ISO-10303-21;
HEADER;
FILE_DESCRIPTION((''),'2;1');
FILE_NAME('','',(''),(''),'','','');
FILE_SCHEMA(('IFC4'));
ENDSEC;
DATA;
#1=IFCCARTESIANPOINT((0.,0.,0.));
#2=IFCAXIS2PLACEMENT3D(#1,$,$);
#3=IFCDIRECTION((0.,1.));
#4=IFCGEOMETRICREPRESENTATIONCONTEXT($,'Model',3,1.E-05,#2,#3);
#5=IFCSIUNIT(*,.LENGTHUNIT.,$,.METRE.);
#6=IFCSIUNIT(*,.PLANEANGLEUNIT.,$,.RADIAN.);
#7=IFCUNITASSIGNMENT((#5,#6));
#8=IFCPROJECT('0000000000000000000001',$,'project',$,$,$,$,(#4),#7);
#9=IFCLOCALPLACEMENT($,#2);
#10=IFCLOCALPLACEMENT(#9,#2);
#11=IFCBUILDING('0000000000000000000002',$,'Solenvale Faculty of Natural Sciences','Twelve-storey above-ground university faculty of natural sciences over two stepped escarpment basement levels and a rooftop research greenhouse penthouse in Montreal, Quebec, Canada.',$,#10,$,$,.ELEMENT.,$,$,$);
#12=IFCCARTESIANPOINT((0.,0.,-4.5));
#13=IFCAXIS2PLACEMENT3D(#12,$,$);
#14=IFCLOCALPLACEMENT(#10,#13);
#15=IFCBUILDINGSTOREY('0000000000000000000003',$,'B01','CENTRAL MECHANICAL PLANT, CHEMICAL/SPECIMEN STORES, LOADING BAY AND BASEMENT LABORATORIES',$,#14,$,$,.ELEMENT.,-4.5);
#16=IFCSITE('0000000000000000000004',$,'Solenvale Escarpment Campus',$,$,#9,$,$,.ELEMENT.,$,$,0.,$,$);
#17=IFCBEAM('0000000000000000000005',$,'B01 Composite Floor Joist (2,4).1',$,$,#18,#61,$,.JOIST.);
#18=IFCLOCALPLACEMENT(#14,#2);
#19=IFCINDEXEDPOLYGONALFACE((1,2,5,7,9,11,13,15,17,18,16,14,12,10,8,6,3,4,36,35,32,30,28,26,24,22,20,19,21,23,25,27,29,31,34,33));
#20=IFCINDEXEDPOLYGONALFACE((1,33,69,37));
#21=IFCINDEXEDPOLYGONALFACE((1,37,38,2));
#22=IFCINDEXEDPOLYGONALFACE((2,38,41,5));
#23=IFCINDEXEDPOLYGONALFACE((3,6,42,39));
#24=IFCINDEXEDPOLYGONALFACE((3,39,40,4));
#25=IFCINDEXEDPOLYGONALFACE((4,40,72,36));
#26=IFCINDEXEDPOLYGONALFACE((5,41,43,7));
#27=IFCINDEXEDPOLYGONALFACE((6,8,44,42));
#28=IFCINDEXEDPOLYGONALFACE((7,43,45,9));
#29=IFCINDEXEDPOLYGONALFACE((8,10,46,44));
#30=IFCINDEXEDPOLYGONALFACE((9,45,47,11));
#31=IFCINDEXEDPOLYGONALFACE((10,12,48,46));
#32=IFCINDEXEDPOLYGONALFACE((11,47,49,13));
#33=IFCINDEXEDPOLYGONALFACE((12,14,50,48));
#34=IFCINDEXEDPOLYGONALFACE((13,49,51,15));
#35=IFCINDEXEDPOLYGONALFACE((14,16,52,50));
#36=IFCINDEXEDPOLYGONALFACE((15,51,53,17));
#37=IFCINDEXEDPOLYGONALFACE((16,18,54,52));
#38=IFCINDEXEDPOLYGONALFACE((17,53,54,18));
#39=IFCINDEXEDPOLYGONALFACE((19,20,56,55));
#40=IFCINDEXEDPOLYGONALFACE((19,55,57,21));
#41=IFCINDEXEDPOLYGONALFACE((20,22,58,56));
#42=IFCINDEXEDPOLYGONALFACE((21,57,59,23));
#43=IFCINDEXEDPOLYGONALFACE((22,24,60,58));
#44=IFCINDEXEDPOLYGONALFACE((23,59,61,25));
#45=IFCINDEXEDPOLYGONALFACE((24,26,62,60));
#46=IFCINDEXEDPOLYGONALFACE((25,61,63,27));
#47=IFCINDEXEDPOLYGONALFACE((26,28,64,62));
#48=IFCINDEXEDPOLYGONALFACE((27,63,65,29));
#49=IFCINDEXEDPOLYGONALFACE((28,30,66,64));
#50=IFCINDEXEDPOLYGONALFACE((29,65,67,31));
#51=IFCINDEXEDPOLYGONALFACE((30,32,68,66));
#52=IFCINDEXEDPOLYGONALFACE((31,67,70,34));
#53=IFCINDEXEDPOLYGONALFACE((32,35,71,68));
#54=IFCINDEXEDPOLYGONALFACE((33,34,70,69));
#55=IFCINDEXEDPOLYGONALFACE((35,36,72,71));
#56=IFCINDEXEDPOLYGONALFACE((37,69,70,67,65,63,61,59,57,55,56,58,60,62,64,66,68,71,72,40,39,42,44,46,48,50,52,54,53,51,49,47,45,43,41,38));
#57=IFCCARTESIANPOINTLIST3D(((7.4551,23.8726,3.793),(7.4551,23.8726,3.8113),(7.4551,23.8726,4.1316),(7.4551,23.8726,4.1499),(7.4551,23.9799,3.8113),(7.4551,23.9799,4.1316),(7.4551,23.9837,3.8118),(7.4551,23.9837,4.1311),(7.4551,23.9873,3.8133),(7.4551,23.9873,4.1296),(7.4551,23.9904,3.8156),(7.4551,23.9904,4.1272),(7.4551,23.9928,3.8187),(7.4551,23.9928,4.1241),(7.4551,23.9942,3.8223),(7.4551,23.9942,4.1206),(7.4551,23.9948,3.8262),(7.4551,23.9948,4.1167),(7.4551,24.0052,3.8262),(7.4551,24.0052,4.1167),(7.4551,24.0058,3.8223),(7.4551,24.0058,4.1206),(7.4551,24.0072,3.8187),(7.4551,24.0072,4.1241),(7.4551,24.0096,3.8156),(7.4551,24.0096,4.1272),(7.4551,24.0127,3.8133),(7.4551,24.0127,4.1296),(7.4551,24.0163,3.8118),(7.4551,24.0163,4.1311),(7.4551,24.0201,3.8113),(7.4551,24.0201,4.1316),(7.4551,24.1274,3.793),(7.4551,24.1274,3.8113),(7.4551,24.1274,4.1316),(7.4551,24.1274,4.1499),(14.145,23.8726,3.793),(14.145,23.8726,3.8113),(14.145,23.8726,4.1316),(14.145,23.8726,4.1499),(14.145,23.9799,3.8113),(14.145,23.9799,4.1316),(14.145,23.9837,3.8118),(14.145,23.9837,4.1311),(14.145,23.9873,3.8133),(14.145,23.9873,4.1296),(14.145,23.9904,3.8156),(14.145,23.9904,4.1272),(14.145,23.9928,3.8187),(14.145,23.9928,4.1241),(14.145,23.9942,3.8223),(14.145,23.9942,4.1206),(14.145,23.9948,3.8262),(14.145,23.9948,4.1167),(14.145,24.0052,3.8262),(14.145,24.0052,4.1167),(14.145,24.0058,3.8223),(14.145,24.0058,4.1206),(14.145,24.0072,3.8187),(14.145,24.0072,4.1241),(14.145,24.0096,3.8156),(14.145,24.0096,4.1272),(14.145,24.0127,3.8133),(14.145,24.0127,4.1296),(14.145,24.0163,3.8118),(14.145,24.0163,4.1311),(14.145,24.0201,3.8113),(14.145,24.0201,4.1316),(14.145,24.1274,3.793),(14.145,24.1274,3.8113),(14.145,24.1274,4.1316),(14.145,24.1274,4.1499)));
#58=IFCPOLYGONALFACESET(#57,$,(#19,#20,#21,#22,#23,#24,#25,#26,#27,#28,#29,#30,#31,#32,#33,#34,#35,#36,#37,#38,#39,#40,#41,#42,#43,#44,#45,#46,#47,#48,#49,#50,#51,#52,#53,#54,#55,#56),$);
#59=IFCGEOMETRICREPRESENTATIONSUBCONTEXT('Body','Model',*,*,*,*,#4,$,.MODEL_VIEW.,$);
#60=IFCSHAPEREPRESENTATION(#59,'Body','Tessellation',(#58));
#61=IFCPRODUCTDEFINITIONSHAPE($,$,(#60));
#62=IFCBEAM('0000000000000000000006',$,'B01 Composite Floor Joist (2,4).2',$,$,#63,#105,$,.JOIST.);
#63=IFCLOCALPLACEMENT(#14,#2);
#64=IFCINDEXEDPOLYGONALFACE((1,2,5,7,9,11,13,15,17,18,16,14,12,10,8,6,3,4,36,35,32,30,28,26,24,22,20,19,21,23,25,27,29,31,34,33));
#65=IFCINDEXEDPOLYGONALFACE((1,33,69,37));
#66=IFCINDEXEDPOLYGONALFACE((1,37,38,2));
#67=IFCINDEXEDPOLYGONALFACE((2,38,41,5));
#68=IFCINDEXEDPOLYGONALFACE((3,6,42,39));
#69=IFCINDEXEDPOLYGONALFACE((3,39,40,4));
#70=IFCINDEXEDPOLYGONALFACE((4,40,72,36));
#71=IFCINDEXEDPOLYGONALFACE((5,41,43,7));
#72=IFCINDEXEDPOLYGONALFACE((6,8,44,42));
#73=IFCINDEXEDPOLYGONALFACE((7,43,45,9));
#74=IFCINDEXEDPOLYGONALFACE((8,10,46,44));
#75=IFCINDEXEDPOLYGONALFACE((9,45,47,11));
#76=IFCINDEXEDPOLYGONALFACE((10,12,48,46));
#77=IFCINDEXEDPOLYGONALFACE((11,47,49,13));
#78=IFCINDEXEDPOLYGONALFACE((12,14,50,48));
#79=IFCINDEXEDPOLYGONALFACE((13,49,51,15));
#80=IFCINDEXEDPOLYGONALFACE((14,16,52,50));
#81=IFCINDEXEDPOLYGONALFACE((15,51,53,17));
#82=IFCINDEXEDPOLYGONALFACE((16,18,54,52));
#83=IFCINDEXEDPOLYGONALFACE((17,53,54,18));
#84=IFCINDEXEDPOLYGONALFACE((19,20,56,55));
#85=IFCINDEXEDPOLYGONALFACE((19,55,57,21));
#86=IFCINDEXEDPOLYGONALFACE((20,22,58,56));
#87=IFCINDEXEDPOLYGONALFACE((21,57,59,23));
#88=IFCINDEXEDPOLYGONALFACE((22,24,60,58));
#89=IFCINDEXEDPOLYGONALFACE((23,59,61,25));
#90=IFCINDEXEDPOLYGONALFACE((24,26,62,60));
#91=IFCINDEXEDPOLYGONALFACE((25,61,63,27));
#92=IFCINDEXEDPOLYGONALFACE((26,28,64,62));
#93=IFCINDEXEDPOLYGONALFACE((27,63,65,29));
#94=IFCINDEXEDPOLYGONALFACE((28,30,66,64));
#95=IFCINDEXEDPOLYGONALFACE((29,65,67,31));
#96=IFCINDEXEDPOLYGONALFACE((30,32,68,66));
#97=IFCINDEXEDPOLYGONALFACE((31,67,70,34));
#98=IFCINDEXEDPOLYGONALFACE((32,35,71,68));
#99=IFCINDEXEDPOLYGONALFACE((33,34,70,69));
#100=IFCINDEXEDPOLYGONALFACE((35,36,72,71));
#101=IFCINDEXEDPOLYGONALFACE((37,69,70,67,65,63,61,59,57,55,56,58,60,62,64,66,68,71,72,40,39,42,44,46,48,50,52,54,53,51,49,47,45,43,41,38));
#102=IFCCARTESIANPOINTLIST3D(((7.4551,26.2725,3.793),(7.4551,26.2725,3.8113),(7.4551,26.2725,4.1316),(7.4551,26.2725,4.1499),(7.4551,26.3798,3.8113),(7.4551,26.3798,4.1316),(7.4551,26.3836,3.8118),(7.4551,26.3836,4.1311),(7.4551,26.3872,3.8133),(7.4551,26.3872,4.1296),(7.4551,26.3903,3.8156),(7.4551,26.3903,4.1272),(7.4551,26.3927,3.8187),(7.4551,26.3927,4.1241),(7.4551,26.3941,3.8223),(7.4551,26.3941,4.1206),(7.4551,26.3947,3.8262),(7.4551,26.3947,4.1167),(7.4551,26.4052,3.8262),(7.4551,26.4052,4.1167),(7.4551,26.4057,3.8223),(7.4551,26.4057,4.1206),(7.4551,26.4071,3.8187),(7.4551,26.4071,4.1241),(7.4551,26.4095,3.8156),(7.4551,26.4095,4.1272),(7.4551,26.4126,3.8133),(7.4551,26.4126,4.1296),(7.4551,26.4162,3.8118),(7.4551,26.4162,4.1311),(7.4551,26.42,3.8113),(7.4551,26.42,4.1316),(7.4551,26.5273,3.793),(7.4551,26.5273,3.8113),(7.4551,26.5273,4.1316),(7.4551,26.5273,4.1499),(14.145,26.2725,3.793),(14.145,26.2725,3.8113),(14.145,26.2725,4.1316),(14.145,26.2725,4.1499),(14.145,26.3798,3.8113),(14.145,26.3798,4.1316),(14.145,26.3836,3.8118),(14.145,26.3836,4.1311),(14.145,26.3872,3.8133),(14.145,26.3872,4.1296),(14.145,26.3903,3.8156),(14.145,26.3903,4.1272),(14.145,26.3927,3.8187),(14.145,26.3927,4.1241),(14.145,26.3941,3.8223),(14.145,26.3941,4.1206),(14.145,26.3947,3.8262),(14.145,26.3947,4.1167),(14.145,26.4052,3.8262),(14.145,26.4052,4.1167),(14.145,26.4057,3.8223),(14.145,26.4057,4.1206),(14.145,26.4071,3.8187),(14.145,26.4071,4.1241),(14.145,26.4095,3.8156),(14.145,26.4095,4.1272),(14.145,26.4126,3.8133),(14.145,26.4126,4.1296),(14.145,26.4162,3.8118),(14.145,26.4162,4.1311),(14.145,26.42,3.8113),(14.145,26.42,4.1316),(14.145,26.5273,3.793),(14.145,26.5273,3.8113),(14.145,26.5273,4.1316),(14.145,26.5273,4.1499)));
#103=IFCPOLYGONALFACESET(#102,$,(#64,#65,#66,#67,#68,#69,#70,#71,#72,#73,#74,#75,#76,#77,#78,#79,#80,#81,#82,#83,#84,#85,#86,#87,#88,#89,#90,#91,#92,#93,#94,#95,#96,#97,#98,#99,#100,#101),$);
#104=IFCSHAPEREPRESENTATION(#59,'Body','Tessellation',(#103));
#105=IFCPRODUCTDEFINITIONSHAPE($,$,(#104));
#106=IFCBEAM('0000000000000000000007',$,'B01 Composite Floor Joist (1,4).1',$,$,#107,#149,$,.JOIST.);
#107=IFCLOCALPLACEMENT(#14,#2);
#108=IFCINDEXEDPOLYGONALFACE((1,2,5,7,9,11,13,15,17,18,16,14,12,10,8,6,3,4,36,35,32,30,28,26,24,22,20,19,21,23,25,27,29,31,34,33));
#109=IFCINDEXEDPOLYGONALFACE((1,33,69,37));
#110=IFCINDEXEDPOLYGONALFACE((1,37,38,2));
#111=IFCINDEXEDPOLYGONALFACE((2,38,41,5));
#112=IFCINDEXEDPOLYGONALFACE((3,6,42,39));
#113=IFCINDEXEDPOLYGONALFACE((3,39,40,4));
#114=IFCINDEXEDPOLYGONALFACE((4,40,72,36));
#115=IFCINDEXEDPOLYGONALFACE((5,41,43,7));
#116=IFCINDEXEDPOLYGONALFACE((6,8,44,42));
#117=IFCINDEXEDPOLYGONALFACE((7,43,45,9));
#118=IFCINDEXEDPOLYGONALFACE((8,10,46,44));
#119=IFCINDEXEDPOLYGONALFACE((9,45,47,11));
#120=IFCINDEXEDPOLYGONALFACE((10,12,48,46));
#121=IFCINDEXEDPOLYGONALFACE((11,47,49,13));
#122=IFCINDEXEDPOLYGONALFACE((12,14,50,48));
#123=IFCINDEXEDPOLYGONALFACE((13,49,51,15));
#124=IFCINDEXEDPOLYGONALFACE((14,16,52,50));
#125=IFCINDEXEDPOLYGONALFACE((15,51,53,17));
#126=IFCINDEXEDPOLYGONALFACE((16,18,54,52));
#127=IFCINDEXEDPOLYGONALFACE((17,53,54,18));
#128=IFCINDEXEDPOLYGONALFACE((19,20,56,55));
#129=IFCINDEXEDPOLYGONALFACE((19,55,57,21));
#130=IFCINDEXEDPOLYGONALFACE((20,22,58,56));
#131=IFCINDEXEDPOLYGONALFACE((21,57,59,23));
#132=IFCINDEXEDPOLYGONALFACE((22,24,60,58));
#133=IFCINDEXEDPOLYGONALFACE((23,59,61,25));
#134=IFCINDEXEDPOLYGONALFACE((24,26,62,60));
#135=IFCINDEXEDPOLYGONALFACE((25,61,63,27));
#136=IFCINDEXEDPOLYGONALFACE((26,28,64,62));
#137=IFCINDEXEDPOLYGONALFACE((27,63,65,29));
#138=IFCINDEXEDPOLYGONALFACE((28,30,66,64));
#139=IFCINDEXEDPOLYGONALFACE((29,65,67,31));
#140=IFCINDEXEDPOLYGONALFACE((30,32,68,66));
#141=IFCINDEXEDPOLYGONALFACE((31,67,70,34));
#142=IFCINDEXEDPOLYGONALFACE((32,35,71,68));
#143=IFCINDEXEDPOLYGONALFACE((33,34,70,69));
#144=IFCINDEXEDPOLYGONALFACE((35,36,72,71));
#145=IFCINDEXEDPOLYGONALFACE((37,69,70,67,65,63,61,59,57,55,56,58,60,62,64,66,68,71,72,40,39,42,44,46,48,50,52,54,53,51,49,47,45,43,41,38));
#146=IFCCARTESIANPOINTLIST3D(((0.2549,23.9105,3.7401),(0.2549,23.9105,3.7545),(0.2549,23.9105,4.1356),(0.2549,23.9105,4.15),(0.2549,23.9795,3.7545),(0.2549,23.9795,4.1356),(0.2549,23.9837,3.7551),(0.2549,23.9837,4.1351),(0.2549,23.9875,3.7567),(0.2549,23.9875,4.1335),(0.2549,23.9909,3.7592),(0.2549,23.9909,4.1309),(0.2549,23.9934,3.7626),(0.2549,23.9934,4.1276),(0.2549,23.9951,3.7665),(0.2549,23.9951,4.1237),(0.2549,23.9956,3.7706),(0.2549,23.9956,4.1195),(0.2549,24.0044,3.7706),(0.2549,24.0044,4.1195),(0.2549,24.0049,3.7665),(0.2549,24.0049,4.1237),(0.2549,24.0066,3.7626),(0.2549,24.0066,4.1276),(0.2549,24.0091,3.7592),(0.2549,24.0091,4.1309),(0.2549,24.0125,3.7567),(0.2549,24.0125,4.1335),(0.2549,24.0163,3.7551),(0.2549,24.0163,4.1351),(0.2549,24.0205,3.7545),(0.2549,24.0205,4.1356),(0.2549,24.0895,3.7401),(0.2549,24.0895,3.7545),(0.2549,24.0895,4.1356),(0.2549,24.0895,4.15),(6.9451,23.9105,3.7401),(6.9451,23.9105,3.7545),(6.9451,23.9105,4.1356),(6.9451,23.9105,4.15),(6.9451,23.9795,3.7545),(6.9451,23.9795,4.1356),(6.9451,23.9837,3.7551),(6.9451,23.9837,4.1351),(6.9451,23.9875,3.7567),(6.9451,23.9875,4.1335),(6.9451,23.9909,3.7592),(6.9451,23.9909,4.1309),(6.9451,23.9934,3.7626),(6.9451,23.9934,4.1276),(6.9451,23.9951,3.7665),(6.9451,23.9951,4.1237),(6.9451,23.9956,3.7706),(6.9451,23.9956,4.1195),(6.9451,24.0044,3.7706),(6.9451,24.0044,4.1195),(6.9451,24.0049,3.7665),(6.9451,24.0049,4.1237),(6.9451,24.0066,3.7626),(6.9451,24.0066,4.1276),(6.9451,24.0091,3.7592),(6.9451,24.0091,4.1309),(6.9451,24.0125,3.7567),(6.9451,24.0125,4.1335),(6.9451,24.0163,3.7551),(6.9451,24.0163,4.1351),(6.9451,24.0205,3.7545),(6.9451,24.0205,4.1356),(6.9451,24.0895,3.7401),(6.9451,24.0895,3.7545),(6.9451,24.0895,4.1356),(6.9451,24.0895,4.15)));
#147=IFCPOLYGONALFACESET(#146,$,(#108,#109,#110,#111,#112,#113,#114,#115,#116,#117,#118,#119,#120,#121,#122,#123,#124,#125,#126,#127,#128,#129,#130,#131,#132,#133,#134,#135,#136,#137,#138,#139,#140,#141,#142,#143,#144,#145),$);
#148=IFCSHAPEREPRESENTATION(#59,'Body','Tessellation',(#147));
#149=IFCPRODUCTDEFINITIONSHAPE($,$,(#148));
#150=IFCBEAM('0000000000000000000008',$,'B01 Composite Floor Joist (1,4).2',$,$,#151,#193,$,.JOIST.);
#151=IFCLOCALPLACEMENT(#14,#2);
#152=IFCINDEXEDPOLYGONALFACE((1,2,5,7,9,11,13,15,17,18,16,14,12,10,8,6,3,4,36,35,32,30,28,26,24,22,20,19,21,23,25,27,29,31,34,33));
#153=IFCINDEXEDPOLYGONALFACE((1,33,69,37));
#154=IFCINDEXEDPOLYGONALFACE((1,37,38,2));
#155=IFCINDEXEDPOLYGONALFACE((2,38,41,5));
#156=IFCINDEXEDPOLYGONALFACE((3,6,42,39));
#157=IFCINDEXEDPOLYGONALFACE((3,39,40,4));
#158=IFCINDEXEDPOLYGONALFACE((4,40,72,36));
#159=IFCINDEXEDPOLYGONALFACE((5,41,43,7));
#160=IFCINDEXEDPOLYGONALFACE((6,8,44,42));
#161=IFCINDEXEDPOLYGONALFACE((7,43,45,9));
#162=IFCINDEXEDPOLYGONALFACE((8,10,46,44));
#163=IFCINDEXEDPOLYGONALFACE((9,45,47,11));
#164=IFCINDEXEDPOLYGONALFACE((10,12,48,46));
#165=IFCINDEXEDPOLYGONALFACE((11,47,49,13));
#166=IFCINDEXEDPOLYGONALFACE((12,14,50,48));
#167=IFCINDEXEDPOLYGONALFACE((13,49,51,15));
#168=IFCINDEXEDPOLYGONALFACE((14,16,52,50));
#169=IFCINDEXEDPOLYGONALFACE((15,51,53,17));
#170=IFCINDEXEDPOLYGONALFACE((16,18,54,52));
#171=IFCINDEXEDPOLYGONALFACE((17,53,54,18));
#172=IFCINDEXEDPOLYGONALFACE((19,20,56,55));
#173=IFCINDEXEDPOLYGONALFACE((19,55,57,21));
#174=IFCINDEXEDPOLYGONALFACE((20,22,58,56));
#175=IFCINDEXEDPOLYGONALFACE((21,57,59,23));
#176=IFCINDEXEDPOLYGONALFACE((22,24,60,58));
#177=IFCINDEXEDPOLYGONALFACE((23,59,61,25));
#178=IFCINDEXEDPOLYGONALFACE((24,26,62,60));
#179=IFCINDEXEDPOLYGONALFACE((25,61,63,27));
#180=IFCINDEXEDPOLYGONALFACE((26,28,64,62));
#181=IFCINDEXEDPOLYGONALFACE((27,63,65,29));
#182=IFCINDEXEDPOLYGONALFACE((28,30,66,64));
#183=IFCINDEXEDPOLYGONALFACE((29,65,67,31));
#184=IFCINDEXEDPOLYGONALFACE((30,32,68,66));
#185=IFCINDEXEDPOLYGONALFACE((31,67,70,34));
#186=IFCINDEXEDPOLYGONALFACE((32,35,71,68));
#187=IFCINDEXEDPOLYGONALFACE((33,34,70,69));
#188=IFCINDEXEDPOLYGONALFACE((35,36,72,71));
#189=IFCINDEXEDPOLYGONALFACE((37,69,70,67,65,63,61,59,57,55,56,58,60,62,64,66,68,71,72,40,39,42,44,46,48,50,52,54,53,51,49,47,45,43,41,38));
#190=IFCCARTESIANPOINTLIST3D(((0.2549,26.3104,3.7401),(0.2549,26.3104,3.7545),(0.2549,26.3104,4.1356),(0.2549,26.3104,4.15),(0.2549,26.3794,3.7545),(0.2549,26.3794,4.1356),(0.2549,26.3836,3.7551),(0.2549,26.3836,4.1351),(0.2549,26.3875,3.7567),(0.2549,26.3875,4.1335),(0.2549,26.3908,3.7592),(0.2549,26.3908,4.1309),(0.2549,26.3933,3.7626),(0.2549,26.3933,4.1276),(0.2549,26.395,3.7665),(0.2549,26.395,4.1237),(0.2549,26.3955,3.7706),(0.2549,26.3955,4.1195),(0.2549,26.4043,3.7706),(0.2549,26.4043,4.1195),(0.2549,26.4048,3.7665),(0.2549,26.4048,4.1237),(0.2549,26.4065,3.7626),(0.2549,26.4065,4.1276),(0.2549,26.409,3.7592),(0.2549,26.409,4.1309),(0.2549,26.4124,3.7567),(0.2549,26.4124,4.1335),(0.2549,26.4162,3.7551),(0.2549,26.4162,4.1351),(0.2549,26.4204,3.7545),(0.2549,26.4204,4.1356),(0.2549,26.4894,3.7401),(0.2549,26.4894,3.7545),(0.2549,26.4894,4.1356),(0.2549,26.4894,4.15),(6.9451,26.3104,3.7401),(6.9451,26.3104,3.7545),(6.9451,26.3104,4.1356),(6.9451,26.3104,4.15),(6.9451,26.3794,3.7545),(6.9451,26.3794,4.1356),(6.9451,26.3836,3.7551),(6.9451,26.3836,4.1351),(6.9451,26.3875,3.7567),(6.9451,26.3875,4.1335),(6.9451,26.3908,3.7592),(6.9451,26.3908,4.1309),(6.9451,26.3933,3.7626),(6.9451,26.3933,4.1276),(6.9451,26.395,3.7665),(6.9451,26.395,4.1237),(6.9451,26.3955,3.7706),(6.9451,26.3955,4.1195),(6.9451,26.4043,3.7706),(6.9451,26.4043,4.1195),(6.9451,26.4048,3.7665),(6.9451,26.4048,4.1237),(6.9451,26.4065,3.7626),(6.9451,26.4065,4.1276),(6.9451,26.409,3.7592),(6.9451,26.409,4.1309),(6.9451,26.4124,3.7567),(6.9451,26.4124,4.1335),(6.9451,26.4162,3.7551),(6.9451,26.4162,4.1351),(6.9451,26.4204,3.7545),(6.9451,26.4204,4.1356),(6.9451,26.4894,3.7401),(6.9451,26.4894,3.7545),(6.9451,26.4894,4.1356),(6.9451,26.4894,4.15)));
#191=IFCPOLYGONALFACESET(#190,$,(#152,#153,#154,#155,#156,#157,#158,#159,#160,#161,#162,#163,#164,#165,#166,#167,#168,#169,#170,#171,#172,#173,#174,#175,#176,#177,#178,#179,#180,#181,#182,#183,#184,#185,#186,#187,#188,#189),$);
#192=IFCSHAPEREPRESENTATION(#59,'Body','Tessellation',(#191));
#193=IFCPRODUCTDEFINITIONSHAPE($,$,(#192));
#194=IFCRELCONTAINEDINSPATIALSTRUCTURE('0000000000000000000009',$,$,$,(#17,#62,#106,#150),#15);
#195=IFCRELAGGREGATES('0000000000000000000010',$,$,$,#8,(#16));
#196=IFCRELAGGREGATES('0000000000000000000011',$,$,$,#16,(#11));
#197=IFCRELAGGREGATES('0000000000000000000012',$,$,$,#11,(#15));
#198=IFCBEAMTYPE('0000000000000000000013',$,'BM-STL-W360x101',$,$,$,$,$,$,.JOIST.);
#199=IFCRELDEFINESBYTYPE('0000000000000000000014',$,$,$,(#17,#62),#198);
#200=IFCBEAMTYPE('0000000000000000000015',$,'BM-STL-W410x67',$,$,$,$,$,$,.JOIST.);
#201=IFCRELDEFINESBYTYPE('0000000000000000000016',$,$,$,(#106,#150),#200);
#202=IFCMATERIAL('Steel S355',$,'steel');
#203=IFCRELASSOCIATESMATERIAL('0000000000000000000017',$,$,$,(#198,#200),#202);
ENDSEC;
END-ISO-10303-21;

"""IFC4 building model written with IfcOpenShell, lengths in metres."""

from ifc_helpers import new_model, si_unit, direction, frame, origin, origin_2d, place, context, subcontext, project, spatial, i_section, extrude, material, material_profile, profile_set, type_object, element, save


model = new_model("IFC4")

# Units and contexts
model_context = context("Model", 3, precision=1e-05, world=origin(), true_north=direction((0.0, 1.0)))
body_context = subcontext(model_context, "Body", "Model", "MODEL_VIEW")
ifc_project = project(units=[si_unit("LENGTHUNIT", "METRE"), si_unit("PLANEANGLEUNIT", "RADIAN")], contexts=[model_context])

# Site, building, storey
site_placement = place(None, origin())
site = spatial("IfcSite", under=ifc_project, at=site_placement, Name="Solenvale Escarpment Campus", CompositionType="ELEMENT", RefElevation=0.0)
building_placement = place(site_placement, origin())
building = spatial("IfcBuilding", under=site, at=building_placement, Name="Solenvale Faculty of Natural Sciences", Description="Twelve-storey above-ground university faculty of natural sciences over two stepped escarpment basement levels and a rooftop research greenhouse penthouse in Montreal, Quebec, Canada.", CompositionType="ELEMENT")
storey_placement = place(building_placement, frame((0.0, 0.0, -4.5)))
storey = spatial("IfcBuildingStorey", under=building, at=storey_placement, Name="B01", Description="CENTRAL MECHANICAL PLANT, CHEMICAL/SPECIMEN STORES, LOADING BAY AND BASEMENT LABORATORIES", CompositionType="ELEMENT", Elevation=-4.5)

# Beams
ifc_material_1 = material(Name="Steel S355", Category="steel")
ifc_material_profile_1 = material_profile(ifc_material_1, i_section(OverallWidth=0.2549, OverallDepth=0.3569, WebThickness=0.0105, FlangeThickness=0.0183, FilletRadius=0.0149, at=origin_2d()), Name="W360x101")
ifc_profile_set_1 = profile_set([ifc_material_profile_1], Name="Steel S355")
beam_type_1 = type_object("IfcBeamType", Name="BM-STL-W360x101", PredefinedType="JOIST", material=ifc_profile_set_1)
for number, where, z_axis, x_axis, name in (
    (1, (7.4551, 24.0, 3.9714), (1.0, 0.0, 0.0), (0.0, 1.0, 0.0), "B01 Composite Floor Joist (2,4).1"),
    (2, (7.4551, 26.3999, 3.9714), (1.0, 0.0, 0.0), (0.0, 1.0, 0.0), "B01 Composite Floor Joist (2,4).2"),
):
    element("IfcBeam", number, at=place(storey_placement, frame(where, z_axis=z_axis, x_axis=x_axis)), inside=storey, type_object=beam_type_1, Name=name, PredefinedType="JOIST", context=body_context, shape_type="SweptSolid", body=[
        extrude(i_section(OverallWidth=0.2549, OverallDepth=0.3569, WebThickness=0.0105, FlangeThickness=0.0183, FilletRadius=0.0149, at=origin_2d()), origin(), (0.0, 0.0, 1.0), 6.6899),
    ])
ifc_material_profile_2 = material_profile(ifc_material_1, i_section(OverallWidth=0.179, OverallDepth=0.4099, WebThickness=0.0088, FlangeThickness=0.0144, FilletRadius=0.0161, at=origin_2d()), Name="W410x67")
ifc_profile_set_2 = profile_set([ifc_material_profile_2], Name="Steel S355")
beam_type_2 = type_object("IfcBeamType", Name="BM-STL-W410x67", PredefinedType="JOIST", material=ifc_profile_set_2)
for number, where, z_axis, x_axis, name in (
    (3, (0.2549, 24.0, 3.9451), (1.0, 0.0, 0.0), (0.0, 1.0, 0.0), "B01 Composite Floor Joist (1,4).1"),
    (4, (0.2549, 26.3999, 3.9451), (1.0, 0.0, 0.0), (0.0, 1.0, 0.0), "B01 Composite Floor Joist (1,4).2"),
):
    element("IfcBeam", number, at=place(storey_placement, frame(where, z_axis=z_axis, x_axis=x_axis)), inside=storey, type_object=beam_type_2, Name=name, PredefinedType="JOIST", context=body_context, shape_type="SweptSolid", body=[
        extrude(i_section(OverallWidth=0.179, OverallDepth=0.4099, WebThickness=0.0088, FlangeThickness=0.0144, FilletRadius=0.0161, at=origin_2d()), origin(), (0.0, 0.0, 1.0), 6.6902),
    ])

save(model, "model.ifc")
